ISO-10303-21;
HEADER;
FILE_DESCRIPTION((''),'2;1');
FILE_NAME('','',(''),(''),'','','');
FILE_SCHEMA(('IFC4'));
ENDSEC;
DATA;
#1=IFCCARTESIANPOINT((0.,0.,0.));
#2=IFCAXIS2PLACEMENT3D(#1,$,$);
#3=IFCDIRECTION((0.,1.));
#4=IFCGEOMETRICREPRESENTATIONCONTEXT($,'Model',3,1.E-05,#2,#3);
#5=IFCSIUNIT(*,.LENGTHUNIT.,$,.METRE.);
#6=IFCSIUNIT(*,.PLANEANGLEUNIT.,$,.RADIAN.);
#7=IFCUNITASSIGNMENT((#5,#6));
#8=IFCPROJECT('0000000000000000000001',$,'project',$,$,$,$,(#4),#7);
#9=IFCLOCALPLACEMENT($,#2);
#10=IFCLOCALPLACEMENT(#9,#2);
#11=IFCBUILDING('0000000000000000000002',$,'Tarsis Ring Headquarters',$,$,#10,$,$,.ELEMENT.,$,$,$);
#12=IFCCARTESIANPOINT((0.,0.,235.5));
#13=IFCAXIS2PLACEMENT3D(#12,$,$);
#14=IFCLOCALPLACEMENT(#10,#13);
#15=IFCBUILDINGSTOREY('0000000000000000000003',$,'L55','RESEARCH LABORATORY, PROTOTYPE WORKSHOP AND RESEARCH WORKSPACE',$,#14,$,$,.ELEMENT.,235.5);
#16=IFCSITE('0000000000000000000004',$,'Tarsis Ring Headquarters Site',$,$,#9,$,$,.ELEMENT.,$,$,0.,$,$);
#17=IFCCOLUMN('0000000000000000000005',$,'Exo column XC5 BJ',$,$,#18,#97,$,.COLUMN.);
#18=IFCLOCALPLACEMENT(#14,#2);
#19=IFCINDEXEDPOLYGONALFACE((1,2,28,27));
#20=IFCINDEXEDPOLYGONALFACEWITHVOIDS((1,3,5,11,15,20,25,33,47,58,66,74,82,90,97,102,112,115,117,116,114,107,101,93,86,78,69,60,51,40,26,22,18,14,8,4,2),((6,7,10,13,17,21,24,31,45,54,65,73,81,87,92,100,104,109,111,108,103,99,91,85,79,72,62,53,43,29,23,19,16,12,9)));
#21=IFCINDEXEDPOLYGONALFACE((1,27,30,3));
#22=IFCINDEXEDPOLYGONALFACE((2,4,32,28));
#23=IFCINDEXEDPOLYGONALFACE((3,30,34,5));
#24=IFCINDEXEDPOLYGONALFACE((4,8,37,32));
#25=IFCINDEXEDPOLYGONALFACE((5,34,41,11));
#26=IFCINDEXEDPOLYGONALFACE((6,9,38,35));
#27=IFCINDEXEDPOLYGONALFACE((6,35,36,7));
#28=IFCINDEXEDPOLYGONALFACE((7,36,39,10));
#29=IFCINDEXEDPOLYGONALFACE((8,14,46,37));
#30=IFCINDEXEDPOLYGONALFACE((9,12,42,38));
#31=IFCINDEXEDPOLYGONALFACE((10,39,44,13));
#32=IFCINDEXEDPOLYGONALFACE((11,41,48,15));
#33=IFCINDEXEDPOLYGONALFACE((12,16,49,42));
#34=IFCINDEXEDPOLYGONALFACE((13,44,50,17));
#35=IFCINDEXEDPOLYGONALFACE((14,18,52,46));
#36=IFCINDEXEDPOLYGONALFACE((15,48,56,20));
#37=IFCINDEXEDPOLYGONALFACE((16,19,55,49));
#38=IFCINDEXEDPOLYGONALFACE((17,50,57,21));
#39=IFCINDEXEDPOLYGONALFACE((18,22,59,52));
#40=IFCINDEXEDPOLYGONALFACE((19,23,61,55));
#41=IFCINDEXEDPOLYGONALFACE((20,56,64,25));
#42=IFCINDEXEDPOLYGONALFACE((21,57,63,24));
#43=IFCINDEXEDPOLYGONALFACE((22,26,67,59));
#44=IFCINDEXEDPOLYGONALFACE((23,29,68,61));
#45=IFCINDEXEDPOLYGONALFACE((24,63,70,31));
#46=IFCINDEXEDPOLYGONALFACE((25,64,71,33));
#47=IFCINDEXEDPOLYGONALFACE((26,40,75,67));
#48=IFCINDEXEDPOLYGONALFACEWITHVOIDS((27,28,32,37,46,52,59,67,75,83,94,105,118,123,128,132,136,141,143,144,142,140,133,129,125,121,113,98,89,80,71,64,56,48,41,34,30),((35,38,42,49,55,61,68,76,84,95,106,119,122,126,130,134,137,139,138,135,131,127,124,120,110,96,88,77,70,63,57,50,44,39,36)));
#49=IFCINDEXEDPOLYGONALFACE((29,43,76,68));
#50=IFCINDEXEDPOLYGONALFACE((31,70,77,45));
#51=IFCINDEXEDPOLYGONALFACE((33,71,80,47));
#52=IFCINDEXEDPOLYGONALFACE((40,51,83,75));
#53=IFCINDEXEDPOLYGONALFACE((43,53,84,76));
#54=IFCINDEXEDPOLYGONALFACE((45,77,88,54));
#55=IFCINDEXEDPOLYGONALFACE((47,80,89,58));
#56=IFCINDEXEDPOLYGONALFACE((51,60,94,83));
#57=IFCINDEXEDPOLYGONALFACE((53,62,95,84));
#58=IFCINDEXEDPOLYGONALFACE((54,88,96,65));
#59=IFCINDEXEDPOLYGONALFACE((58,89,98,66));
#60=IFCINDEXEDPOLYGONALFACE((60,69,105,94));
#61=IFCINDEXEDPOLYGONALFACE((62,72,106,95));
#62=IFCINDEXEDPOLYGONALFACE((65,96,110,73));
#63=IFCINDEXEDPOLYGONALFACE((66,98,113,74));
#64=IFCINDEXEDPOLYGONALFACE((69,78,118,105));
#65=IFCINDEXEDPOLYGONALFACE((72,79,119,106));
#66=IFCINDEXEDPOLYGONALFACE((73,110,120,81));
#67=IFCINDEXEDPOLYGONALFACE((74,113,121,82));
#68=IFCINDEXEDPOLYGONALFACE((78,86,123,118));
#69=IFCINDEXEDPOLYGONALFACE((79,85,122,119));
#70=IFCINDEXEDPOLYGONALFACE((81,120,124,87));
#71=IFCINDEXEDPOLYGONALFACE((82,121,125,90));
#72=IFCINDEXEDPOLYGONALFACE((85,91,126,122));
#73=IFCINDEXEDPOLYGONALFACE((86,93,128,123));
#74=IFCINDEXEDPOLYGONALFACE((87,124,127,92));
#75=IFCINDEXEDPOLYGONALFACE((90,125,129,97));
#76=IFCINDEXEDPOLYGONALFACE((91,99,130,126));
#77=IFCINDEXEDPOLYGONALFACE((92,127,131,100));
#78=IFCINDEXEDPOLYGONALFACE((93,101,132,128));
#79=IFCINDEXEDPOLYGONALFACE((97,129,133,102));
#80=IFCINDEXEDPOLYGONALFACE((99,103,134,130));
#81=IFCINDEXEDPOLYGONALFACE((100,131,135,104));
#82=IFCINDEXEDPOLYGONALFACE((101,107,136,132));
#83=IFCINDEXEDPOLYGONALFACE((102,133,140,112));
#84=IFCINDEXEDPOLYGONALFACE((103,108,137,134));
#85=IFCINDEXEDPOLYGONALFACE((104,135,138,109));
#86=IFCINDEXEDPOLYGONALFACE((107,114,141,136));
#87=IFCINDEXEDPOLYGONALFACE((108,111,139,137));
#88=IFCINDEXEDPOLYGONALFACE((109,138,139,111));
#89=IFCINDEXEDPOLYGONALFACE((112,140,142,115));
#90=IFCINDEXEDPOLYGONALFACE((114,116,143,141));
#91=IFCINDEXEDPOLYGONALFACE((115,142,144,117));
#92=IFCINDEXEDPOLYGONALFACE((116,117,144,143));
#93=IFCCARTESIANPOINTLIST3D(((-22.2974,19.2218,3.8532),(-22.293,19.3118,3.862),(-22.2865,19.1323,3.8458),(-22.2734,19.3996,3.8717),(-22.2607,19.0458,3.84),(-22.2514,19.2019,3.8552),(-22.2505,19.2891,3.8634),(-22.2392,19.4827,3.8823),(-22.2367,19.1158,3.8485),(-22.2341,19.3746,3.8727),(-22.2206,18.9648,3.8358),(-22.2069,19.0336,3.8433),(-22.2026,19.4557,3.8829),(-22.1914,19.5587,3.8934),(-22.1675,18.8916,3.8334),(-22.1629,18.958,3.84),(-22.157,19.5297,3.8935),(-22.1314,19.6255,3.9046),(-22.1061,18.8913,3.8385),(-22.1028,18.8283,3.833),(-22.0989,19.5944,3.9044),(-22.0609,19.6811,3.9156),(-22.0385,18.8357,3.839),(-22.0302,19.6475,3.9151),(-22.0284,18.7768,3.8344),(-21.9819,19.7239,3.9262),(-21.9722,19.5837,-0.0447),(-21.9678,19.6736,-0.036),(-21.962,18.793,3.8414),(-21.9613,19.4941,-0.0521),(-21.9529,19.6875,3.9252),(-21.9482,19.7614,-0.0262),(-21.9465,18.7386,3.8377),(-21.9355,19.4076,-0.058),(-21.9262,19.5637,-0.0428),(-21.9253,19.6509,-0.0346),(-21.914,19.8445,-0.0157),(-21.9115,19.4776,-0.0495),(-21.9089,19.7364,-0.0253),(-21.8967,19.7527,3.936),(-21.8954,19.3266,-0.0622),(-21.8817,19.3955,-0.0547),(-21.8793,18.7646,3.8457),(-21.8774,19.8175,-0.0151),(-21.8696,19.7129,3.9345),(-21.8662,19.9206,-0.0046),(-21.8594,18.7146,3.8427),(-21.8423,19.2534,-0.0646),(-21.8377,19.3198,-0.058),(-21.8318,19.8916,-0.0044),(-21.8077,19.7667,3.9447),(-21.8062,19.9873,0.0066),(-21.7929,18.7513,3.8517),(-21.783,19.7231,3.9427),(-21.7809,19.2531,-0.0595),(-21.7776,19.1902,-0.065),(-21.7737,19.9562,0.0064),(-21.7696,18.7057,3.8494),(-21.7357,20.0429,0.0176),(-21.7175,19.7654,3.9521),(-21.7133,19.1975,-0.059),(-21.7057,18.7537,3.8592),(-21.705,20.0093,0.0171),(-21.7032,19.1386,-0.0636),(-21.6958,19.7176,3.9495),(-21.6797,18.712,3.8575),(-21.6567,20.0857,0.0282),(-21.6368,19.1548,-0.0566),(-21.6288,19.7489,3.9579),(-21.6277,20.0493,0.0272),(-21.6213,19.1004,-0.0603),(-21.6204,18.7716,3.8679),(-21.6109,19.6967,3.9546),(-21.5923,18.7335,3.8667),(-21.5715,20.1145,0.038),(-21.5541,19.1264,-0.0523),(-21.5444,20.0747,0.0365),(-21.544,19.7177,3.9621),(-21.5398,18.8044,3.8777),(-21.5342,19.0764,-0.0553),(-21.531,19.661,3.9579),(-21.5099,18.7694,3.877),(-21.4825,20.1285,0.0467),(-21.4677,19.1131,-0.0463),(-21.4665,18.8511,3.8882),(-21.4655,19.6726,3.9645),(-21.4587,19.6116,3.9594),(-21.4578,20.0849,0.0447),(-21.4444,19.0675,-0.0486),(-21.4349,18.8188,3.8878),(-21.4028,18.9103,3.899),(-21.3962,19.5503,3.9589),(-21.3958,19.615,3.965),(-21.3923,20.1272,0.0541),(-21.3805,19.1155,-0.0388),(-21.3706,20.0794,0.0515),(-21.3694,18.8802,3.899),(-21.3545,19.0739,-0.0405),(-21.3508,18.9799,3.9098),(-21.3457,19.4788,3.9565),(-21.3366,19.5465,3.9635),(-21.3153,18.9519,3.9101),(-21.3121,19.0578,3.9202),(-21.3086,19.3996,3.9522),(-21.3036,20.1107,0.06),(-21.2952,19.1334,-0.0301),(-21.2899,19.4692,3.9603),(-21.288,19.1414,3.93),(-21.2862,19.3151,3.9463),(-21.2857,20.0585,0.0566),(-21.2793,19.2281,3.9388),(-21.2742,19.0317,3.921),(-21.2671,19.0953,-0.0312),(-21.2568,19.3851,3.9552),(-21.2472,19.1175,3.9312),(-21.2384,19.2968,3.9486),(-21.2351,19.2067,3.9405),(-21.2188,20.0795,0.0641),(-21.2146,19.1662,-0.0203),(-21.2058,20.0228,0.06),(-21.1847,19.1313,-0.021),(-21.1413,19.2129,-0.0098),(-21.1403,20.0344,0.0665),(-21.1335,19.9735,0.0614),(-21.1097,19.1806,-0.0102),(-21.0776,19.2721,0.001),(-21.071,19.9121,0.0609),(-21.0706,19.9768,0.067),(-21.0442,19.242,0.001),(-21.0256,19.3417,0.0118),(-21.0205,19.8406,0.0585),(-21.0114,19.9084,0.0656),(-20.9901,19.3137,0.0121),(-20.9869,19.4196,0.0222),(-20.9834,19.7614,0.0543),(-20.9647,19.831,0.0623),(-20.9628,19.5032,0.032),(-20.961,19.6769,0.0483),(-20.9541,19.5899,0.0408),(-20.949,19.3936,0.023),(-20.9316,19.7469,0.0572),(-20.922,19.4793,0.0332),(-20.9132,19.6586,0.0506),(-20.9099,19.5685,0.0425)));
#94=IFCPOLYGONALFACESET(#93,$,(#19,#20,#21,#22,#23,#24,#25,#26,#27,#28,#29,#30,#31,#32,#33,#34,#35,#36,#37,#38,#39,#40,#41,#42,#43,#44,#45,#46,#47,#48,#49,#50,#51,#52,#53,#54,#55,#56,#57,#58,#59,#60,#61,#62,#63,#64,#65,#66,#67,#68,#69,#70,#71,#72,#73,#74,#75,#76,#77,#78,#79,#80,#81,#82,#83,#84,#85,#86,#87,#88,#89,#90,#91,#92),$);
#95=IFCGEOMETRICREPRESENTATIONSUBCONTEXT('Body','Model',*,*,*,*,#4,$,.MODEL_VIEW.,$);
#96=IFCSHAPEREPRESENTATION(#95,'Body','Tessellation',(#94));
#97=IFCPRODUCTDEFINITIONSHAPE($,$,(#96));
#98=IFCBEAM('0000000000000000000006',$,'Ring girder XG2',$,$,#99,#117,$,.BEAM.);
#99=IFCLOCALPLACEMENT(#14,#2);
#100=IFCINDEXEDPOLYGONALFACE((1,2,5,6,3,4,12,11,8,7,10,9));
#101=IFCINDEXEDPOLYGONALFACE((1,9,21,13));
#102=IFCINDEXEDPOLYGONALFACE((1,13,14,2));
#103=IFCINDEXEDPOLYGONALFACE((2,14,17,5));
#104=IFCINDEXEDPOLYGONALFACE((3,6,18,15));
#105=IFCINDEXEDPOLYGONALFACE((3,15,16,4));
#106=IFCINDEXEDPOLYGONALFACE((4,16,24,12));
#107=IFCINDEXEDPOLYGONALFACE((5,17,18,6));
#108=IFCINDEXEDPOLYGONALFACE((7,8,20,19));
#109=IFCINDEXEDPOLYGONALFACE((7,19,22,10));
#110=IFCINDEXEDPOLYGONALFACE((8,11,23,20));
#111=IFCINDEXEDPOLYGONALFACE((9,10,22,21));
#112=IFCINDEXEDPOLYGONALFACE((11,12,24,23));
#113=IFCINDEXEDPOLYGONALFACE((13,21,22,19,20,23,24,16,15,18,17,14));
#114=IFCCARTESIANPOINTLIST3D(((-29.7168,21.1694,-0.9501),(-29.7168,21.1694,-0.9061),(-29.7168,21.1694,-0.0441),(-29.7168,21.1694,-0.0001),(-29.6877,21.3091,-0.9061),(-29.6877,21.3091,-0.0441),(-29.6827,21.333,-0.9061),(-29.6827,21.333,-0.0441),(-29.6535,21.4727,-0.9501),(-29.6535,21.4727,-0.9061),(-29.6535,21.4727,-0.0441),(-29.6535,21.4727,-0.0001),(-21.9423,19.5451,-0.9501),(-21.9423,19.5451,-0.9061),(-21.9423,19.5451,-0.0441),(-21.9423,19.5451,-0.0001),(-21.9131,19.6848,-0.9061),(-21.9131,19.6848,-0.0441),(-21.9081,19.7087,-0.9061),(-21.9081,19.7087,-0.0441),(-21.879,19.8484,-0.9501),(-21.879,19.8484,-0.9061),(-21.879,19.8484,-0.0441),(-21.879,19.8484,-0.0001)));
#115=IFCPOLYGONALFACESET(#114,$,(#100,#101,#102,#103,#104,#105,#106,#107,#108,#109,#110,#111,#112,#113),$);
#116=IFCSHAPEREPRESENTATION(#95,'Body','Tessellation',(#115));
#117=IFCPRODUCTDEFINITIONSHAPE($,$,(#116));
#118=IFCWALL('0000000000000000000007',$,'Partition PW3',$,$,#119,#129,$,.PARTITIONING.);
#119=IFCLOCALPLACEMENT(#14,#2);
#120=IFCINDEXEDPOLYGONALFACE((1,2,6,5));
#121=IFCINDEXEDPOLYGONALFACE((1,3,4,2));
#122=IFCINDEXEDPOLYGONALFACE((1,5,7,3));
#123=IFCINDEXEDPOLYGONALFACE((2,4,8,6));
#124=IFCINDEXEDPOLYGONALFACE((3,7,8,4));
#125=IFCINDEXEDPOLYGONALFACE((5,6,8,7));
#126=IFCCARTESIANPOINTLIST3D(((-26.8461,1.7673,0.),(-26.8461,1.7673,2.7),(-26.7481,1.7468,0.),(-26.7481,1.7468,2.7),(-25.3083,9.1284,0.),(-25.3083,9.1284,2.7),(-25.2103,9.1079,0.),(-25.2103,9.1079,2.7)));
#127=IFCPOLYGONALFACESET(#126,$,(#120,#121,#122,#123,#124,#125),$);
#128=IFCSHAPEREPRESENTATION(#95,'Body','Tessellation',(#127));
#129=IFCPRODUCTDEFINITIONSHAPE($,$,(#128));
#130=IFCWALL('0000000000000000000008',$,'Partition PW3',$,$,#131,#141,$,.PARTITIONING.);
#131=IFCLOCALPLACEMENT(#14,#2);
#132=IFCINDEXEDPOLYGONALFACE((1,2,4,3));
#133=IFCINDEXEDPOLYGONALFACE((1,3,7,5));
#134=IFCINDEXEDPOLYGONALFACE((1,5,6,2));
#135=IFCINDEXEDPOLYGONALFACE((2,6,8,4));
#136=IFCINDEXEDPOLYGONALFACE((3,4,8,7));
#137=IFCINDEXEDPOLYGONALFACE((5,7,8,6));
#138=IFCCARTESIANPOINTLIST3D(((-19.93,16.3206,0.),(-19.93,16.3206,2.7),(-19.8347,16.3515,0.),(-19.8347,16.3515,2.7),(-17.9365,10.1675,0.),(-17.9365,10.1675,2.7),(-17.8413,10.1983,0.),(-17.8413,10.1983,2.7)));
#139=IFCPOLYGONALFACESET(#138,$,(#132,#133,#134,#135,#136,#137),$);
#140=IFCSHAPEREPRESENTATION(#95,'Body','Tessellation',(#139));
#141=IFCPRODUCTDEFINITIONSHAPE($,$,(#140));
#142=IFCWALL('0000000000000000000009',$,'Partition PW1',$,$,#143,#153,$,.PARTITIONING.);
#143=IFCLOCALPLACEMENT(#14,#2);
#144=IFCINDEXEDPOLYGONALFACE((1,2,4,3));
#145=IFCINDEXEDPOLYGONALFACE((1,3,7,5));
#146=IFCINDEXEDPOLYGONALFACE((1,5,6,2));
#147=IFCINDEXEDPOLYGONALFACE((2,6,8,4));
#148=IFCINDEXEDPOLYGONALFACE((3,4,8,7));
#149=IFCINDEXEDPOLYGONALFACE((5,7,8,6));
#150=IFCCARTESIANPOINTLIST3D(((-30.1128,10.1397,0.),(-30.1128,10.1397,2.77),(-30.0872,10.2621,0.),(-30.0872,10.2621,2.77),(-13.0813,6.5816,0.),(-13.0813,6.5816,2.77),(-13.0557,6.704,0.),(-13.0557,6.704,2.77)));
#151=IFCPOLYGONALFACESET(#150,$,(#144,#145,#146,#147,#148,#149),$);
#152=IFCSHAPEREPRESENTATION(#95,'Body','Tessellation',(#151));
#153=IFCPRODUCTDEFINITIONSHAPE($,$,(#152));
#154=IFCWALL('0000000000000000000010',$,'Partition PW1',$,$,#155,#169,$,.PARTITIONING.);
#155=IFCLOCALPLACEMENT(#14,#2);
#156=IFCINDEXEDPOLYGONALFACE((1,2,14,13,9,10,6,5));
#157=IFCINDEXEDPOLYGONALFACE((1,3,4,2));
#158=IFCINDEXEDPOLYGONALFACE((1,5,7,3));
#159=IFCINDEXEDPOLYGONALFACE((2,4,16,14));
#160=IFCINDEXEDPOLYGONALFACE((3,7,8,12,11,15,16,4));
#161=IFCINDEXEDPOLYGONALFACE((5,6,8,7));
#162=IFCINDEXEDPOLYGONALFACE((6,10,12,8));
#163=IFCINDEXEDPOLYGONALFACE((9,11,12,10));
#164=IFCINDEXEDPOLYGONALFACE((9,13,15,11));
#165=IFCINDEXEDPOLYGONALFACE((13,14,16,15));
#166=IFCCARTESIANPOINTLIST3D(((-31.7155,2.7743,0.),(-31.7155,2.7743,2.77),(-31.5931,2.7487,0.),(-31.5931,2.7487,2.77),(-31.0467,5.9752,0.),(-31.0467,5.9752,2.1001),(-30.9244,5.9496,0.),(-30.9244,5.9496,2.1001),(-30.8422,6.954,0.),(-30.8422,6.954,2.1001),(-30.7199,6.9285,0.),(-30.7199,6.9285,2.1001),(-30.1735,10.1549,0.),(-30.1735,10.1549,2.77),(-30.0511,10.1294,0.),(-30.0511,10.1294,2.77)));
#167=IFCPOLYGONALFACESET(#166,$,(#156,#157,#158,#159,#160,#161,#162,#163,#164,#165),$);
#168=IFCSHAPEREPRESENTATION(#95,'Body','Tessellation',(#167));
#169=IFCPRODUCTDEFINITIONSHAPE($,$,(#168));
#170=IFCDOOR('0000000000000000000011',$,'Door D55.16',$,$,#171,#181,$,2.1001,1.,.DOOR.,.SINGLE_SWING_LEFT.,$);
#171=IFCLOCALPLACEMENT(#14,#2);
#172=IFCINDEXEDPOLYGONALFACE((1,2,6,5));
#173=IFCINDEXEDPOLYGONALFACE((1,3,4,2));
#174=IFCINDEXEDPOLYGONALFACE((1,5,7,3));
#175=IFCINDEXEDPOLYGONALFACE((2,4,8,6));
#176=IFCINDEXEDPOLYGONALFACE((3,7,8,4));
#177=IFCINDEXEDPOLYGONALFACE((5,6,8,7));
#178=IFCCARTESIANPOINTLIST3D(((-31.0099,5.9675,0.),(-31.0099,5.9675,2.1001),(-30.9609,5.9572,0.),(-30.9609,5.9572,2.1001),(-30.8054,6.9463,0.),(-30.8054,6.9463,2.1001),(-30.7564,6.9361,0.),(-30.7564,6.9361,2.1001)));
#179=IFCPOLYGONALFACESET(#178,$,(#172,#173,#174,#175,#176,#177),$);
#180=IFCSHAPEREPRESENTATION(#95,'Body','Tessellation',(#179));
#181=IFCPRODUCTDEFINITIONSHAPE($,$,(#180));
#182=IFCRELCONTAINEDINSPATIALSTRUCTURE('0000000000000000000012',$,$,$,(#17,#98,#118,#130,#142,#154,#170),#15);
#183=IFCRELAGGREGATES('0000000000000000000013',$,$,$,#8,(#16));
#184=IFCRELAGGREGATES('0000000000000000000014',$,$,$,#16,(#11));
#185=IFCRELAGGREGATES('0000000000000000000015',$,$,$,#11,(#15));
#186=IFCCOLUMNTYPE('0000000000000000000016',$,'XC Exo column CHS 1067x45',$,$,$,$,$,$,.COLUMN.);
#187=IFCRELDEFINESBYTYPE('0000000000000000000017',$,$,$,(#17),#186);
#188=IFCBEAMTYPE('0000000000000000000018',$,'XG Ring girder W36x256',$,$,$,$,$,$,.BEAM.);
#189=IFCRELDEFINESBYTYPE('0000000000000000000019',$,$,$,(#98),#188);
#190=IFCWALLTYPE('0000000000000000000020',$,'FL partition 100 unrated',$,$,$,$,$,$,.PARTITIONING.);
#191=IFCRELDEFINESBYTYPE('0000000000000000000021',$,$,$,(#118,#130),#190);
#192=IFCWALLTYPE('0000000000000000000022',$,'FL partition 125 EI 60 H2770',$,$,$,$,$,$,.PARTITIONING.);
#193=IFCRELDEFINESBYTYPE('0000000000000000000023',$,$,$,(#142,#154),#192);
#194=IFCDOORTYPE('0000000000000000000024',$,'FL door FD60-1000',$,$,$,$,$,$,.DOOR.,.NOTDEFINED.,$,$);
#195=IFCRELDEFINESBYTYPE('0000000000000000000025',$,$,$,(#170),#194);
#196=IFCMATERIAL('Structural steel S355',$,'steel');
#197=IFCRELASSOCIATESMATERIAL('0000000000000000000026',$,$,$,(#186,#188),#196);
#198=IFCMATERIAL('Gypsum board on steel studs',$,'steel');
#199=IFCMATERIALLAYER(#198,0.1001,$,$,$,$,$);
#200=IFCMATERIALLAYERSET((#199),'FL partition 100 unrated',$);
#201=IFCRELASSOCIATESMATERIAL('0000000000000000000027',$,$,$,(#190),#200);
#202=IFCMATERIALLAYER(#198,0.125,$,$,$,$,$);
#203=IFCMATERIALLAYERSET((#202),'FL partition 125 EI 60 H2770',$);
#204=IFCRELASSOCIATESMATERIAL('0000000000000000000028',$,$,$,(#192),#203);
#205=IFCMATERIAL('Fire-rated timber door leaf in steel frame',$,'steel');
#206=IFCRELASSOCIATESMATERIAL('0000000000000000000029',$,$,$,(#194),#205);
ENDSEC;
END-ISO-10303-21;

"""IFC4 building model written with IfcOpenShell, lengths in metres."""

from ifc_helpers import new_model, si_unit, direction, frame, frame_2d, origin, origin_2d, place, context, subcontext, project, spatial, rectangle, hollow_circle, i_section, extrude, material, layer, layer_set, material_profile, profile_set, type_object, element, fill, save


model = new_model("IFC4")

# Units and contexts
model_context = context("Model", 3, precision=1e-05, world=origin(), true_north=direction((0.0, 1.0)))
body_context = subcontext(model_context, "Body", "Model", "MODEL_VIEW")
ifc_project = project(units=[si_unit("LENGTHUNIT", "METRE"), si_unit("PLANEANGLEUNIT", "RADIAN")], contexts=[model_context])

# Site, building, storey
site_placement = place(None, origin())
site = spatial("IfcSite", under=ifc_project, at=site_placement, Name="Tarsis Ring Headquarters Site", CompositionType="ELEMENT", RefElevation=0.0)
building_placement = place(site_placement, origin())
building = spatial("IfcBuilding", under=site, at=building_placement, Name="Tarsis Ring Headquarters", CompositionType="ELEMENT")
storey_placement = place(building_placement, frame((0.0, 0.0, 235.5)))
storey = spatial("IfcBuildingStorey", under=building, at=storey_placement, Name="L55", Description="RESEARCH LABORATORY, PROTOTYPE WORKSHOP AND RESEARCH WORKSPACE", CompositionType="ELEMENT", Elevation=235.5)

# Column
ifc_material_1 = material(Name="Structural steel S355", Category="steel")
ifc_material_profile_1 = material_profile(ifc_material_1, hollow_circle(Radius=0.5334, WallThickness=0.0449, at=origin_2d()), Name="CHS 1067x45")
ifc_profile_set_1 = profile_set([ifc_material_profile_1], Name="Structural steel S355")
column_type = type_object("IfcColumnType", Name="XC Exo column CHS 1067x45", PredefinedType="COLUMN", material=ifc_profile_set_1)
column_placement = place(storey_placement, frame((-21.4409, 19.5986, 0.001), z_axis=(-0.082785, -0.092108, 0.992302), x_axis=(0.743743, -0.668466, 0.0)))
element("IfcColumn", 1, at=column_placement, inside=storey, type_object=column_type, Name="Exo column XC5 BJ", PredefinedType="COLUMN", context=body_context, shape_type="SweptSolid", body=[
    extrude(hollow_circle(Radius=0.5334, WallThickness=0.0449, at=origin_2d()), origin(), (0.0, 0.0, 1.0), 3.9282),
])

# Beam
ifc_material_profile_2 = material_profile(ifc_material_1, i_section(OverallWidth=0.3098, OverallDepth=0.95, WebThickness=0.0244, FlangeThickness=0.0439, at=origin_2d()), Name="W36x256")
ifc_profile_set_2 = profile_set([ifc_material_profile_2], Name="Structural steel S355")
beam_type = type_object("IfcBeamType", Name="XG Ring girder W36x256", PredefinedType="BEAM", material=ifc_profile_set_2)
beam_placement = place(storey_placement, frame((-21.9106, 19.6968, -0.4751), z_axis=(-0.978865, 0.204509, 0.0), x_axis=(-0.204509, -0.978865, 0.0)))
element("IfcBeam", 2, at=beam_placement, inside=storey, type_object=beam_type, Name="Ring girder XG2", PredefinedType="BEAM", context=body_context, shape_type="SweptSolid", body=[
    extrude(i_section(OverallWidth=0.3098, OverallDepth=0.95, WebThickness=0.0244, FlangeThickness=0.0439, at=origin_2d()), origin(), (0.0, 0.0, 1.0), 7.9424),
])

# Walls
ifc_material_2 = material(Name="Gypsum board on steel studs", Category="steel")
ifc_layer_1 = layer(ifc_material_2, 0.1001)
ifc_layer_set_1 = layer_set([ifc_layer_1], Name="FL partition 100 unrated")
wall_type_1 = type_object("IfcWallType", Name="FL partition 100 unrated", PredefinedType="PARTITIONING", material=ifc_layer_set_1)
wall_1_placement = place(storey_placement, frame((-26.7971, 1.7571, 0.0), z_axis=(0.0, 0.0, 1.0), x_axis=(0.2045, 0.978867, 0.0)))
element("IfcWall", 3, at=wall_1_placement, inside=storey, type_object=wall_type_1, Name="Partition PW3", PredefinedType="PARTITIONING", context=body_context, shape_type="SweptSolid", body=[
    extrude(rectangle(XDim=7.52, YDim=0.1001, at=frame_2d((3.76, 0.0))), origin(), (0.0, 0.0, 1.0), 2.7),
])
wall_2_placement = place(storey_placement, frame((-19.8823, 16.3359, 0.0), z_axis=(0.0, 0.0, 1.0), x_axis=(0.308199, -0.951322, 0.0)))
element("IfcWall", 4, at=wall_2_placement, inside=storey, type_object=wall_type_1, Name="Partition PW3", PredefinedType="PARTITIONING", context=body_context, shape_type="SweptSolid", body=[
    extrude(rectangle(XDim=6.468, YDim=0.1001, at=frame_2d((3.2339, 0.0))), origin(), (0.0, 0.0, 1.0), 2.7),
])
ifc_layer_2 = layer(ifc_material_2, 0.125)
ifc_layer_set_2 = layer_set([ifc_layer_2], Name="FL partition 125 EI 60 H2770")
wall_type_2 = type_object("IfcWallType", Name="FL partition 125 EI 60 H2770", PredefinedType="PARTITIONING", material=ifc_layer_set_2)
wall_3_placement = place(storey_placement, frame((-30.1001, 10.2009, 0.0), z_axis=(0.0, 0.0, 1.0), x_axis=(0.978867, -0.204498, 0.0)))
element("IfcWall", 5, at=wall_3_placement, inside=storey, type_object=wall_type_2, Name="Partition PW1", PredefinedType="PARTITIONING", context=body_context, shape_type="SweptSolid", body=[
    extrude(rectangle(XDim=17.3992, YDim=0.125, at=frame_2d((8.6997, 0.0))), origin(), (0.0, 0.0, 1.0), 2.77),
])

# Wall, opening, door
wall_4_placement = place(storey_placement, frame((-31.6543, 2.7615, 0.0), z_axis=(0.0, 0.0, 1.0), x_axis=(0.204509, 0.978865, 0.0)))
wall_4 = element("IfcWall", 6, at=wall_4_placement, inside=storey, type_object=wall_type_2, Name="Partition PW1", PredefinedType="PARTITIONING", context=body_context, shape_type="SweptSolid", body=[
    extrude(rectangle(XDim=7.54, YDim=0.125, at=frame_2d((3.77, 0.0))), origin(), (0.0, 0.0, 1.0), 2.77),
])
opening_1_placement = place(wall_4_placement, frame((3.27, 0.0, 0.0)))
opening_1 = element("IfcOpeningElement", 7, at=opening_1_placement, cuts=wall_4, PredefinedType="OPENING", context=body_context, shape_type="SweptSolid", body=[
    extrude(rectangle(XDim=1.0, YDim=2.1001, at=frame_2d((0.5, 1.05))), frame((0.0, 0.0725, 0.0), z_axis=(0.0, -1.0, 0.0), x_axis=(1.0, 0.0, 0.0)), (0.0, 0.0, 1.0), 0.145),
])
ifc_material_3 = material(Name="Fire-rated timber door leaf in steel frame", Category="steel")
door_type = type_object("IfcDoorType", Name="FL door FD60-1000", OperationType="NOTDEFINED", PredefinedType="DOOR", material=ifc_material_3)
door_placement = place(opening_1_placement, origin())
door = element("IfcDoor", 8, at=door_placement, inside=storey, type_object=door_type, Name="Door D55.16", OperationType="SINGLE_SWING_LEFT", OverallHeight=2.1001, OverallWidth=1.0, PredefinedType="DOOR", context=body_context, shape_type="SweptSolid", body=[
    extrude(rectangle(XDim=1.0, YDim=2.1001, at=frame_2d((0.5, 1.05))), frame((0.0, 0.0249, 0.0), z_axis=(0.0, -1.0, 0.0), x_axis=(1.0, 0.0, 0.0)), (0.0, 0.0, 1.0), 0.05),
])
fill(opening_1, door)

save(model, "model.ifc")
